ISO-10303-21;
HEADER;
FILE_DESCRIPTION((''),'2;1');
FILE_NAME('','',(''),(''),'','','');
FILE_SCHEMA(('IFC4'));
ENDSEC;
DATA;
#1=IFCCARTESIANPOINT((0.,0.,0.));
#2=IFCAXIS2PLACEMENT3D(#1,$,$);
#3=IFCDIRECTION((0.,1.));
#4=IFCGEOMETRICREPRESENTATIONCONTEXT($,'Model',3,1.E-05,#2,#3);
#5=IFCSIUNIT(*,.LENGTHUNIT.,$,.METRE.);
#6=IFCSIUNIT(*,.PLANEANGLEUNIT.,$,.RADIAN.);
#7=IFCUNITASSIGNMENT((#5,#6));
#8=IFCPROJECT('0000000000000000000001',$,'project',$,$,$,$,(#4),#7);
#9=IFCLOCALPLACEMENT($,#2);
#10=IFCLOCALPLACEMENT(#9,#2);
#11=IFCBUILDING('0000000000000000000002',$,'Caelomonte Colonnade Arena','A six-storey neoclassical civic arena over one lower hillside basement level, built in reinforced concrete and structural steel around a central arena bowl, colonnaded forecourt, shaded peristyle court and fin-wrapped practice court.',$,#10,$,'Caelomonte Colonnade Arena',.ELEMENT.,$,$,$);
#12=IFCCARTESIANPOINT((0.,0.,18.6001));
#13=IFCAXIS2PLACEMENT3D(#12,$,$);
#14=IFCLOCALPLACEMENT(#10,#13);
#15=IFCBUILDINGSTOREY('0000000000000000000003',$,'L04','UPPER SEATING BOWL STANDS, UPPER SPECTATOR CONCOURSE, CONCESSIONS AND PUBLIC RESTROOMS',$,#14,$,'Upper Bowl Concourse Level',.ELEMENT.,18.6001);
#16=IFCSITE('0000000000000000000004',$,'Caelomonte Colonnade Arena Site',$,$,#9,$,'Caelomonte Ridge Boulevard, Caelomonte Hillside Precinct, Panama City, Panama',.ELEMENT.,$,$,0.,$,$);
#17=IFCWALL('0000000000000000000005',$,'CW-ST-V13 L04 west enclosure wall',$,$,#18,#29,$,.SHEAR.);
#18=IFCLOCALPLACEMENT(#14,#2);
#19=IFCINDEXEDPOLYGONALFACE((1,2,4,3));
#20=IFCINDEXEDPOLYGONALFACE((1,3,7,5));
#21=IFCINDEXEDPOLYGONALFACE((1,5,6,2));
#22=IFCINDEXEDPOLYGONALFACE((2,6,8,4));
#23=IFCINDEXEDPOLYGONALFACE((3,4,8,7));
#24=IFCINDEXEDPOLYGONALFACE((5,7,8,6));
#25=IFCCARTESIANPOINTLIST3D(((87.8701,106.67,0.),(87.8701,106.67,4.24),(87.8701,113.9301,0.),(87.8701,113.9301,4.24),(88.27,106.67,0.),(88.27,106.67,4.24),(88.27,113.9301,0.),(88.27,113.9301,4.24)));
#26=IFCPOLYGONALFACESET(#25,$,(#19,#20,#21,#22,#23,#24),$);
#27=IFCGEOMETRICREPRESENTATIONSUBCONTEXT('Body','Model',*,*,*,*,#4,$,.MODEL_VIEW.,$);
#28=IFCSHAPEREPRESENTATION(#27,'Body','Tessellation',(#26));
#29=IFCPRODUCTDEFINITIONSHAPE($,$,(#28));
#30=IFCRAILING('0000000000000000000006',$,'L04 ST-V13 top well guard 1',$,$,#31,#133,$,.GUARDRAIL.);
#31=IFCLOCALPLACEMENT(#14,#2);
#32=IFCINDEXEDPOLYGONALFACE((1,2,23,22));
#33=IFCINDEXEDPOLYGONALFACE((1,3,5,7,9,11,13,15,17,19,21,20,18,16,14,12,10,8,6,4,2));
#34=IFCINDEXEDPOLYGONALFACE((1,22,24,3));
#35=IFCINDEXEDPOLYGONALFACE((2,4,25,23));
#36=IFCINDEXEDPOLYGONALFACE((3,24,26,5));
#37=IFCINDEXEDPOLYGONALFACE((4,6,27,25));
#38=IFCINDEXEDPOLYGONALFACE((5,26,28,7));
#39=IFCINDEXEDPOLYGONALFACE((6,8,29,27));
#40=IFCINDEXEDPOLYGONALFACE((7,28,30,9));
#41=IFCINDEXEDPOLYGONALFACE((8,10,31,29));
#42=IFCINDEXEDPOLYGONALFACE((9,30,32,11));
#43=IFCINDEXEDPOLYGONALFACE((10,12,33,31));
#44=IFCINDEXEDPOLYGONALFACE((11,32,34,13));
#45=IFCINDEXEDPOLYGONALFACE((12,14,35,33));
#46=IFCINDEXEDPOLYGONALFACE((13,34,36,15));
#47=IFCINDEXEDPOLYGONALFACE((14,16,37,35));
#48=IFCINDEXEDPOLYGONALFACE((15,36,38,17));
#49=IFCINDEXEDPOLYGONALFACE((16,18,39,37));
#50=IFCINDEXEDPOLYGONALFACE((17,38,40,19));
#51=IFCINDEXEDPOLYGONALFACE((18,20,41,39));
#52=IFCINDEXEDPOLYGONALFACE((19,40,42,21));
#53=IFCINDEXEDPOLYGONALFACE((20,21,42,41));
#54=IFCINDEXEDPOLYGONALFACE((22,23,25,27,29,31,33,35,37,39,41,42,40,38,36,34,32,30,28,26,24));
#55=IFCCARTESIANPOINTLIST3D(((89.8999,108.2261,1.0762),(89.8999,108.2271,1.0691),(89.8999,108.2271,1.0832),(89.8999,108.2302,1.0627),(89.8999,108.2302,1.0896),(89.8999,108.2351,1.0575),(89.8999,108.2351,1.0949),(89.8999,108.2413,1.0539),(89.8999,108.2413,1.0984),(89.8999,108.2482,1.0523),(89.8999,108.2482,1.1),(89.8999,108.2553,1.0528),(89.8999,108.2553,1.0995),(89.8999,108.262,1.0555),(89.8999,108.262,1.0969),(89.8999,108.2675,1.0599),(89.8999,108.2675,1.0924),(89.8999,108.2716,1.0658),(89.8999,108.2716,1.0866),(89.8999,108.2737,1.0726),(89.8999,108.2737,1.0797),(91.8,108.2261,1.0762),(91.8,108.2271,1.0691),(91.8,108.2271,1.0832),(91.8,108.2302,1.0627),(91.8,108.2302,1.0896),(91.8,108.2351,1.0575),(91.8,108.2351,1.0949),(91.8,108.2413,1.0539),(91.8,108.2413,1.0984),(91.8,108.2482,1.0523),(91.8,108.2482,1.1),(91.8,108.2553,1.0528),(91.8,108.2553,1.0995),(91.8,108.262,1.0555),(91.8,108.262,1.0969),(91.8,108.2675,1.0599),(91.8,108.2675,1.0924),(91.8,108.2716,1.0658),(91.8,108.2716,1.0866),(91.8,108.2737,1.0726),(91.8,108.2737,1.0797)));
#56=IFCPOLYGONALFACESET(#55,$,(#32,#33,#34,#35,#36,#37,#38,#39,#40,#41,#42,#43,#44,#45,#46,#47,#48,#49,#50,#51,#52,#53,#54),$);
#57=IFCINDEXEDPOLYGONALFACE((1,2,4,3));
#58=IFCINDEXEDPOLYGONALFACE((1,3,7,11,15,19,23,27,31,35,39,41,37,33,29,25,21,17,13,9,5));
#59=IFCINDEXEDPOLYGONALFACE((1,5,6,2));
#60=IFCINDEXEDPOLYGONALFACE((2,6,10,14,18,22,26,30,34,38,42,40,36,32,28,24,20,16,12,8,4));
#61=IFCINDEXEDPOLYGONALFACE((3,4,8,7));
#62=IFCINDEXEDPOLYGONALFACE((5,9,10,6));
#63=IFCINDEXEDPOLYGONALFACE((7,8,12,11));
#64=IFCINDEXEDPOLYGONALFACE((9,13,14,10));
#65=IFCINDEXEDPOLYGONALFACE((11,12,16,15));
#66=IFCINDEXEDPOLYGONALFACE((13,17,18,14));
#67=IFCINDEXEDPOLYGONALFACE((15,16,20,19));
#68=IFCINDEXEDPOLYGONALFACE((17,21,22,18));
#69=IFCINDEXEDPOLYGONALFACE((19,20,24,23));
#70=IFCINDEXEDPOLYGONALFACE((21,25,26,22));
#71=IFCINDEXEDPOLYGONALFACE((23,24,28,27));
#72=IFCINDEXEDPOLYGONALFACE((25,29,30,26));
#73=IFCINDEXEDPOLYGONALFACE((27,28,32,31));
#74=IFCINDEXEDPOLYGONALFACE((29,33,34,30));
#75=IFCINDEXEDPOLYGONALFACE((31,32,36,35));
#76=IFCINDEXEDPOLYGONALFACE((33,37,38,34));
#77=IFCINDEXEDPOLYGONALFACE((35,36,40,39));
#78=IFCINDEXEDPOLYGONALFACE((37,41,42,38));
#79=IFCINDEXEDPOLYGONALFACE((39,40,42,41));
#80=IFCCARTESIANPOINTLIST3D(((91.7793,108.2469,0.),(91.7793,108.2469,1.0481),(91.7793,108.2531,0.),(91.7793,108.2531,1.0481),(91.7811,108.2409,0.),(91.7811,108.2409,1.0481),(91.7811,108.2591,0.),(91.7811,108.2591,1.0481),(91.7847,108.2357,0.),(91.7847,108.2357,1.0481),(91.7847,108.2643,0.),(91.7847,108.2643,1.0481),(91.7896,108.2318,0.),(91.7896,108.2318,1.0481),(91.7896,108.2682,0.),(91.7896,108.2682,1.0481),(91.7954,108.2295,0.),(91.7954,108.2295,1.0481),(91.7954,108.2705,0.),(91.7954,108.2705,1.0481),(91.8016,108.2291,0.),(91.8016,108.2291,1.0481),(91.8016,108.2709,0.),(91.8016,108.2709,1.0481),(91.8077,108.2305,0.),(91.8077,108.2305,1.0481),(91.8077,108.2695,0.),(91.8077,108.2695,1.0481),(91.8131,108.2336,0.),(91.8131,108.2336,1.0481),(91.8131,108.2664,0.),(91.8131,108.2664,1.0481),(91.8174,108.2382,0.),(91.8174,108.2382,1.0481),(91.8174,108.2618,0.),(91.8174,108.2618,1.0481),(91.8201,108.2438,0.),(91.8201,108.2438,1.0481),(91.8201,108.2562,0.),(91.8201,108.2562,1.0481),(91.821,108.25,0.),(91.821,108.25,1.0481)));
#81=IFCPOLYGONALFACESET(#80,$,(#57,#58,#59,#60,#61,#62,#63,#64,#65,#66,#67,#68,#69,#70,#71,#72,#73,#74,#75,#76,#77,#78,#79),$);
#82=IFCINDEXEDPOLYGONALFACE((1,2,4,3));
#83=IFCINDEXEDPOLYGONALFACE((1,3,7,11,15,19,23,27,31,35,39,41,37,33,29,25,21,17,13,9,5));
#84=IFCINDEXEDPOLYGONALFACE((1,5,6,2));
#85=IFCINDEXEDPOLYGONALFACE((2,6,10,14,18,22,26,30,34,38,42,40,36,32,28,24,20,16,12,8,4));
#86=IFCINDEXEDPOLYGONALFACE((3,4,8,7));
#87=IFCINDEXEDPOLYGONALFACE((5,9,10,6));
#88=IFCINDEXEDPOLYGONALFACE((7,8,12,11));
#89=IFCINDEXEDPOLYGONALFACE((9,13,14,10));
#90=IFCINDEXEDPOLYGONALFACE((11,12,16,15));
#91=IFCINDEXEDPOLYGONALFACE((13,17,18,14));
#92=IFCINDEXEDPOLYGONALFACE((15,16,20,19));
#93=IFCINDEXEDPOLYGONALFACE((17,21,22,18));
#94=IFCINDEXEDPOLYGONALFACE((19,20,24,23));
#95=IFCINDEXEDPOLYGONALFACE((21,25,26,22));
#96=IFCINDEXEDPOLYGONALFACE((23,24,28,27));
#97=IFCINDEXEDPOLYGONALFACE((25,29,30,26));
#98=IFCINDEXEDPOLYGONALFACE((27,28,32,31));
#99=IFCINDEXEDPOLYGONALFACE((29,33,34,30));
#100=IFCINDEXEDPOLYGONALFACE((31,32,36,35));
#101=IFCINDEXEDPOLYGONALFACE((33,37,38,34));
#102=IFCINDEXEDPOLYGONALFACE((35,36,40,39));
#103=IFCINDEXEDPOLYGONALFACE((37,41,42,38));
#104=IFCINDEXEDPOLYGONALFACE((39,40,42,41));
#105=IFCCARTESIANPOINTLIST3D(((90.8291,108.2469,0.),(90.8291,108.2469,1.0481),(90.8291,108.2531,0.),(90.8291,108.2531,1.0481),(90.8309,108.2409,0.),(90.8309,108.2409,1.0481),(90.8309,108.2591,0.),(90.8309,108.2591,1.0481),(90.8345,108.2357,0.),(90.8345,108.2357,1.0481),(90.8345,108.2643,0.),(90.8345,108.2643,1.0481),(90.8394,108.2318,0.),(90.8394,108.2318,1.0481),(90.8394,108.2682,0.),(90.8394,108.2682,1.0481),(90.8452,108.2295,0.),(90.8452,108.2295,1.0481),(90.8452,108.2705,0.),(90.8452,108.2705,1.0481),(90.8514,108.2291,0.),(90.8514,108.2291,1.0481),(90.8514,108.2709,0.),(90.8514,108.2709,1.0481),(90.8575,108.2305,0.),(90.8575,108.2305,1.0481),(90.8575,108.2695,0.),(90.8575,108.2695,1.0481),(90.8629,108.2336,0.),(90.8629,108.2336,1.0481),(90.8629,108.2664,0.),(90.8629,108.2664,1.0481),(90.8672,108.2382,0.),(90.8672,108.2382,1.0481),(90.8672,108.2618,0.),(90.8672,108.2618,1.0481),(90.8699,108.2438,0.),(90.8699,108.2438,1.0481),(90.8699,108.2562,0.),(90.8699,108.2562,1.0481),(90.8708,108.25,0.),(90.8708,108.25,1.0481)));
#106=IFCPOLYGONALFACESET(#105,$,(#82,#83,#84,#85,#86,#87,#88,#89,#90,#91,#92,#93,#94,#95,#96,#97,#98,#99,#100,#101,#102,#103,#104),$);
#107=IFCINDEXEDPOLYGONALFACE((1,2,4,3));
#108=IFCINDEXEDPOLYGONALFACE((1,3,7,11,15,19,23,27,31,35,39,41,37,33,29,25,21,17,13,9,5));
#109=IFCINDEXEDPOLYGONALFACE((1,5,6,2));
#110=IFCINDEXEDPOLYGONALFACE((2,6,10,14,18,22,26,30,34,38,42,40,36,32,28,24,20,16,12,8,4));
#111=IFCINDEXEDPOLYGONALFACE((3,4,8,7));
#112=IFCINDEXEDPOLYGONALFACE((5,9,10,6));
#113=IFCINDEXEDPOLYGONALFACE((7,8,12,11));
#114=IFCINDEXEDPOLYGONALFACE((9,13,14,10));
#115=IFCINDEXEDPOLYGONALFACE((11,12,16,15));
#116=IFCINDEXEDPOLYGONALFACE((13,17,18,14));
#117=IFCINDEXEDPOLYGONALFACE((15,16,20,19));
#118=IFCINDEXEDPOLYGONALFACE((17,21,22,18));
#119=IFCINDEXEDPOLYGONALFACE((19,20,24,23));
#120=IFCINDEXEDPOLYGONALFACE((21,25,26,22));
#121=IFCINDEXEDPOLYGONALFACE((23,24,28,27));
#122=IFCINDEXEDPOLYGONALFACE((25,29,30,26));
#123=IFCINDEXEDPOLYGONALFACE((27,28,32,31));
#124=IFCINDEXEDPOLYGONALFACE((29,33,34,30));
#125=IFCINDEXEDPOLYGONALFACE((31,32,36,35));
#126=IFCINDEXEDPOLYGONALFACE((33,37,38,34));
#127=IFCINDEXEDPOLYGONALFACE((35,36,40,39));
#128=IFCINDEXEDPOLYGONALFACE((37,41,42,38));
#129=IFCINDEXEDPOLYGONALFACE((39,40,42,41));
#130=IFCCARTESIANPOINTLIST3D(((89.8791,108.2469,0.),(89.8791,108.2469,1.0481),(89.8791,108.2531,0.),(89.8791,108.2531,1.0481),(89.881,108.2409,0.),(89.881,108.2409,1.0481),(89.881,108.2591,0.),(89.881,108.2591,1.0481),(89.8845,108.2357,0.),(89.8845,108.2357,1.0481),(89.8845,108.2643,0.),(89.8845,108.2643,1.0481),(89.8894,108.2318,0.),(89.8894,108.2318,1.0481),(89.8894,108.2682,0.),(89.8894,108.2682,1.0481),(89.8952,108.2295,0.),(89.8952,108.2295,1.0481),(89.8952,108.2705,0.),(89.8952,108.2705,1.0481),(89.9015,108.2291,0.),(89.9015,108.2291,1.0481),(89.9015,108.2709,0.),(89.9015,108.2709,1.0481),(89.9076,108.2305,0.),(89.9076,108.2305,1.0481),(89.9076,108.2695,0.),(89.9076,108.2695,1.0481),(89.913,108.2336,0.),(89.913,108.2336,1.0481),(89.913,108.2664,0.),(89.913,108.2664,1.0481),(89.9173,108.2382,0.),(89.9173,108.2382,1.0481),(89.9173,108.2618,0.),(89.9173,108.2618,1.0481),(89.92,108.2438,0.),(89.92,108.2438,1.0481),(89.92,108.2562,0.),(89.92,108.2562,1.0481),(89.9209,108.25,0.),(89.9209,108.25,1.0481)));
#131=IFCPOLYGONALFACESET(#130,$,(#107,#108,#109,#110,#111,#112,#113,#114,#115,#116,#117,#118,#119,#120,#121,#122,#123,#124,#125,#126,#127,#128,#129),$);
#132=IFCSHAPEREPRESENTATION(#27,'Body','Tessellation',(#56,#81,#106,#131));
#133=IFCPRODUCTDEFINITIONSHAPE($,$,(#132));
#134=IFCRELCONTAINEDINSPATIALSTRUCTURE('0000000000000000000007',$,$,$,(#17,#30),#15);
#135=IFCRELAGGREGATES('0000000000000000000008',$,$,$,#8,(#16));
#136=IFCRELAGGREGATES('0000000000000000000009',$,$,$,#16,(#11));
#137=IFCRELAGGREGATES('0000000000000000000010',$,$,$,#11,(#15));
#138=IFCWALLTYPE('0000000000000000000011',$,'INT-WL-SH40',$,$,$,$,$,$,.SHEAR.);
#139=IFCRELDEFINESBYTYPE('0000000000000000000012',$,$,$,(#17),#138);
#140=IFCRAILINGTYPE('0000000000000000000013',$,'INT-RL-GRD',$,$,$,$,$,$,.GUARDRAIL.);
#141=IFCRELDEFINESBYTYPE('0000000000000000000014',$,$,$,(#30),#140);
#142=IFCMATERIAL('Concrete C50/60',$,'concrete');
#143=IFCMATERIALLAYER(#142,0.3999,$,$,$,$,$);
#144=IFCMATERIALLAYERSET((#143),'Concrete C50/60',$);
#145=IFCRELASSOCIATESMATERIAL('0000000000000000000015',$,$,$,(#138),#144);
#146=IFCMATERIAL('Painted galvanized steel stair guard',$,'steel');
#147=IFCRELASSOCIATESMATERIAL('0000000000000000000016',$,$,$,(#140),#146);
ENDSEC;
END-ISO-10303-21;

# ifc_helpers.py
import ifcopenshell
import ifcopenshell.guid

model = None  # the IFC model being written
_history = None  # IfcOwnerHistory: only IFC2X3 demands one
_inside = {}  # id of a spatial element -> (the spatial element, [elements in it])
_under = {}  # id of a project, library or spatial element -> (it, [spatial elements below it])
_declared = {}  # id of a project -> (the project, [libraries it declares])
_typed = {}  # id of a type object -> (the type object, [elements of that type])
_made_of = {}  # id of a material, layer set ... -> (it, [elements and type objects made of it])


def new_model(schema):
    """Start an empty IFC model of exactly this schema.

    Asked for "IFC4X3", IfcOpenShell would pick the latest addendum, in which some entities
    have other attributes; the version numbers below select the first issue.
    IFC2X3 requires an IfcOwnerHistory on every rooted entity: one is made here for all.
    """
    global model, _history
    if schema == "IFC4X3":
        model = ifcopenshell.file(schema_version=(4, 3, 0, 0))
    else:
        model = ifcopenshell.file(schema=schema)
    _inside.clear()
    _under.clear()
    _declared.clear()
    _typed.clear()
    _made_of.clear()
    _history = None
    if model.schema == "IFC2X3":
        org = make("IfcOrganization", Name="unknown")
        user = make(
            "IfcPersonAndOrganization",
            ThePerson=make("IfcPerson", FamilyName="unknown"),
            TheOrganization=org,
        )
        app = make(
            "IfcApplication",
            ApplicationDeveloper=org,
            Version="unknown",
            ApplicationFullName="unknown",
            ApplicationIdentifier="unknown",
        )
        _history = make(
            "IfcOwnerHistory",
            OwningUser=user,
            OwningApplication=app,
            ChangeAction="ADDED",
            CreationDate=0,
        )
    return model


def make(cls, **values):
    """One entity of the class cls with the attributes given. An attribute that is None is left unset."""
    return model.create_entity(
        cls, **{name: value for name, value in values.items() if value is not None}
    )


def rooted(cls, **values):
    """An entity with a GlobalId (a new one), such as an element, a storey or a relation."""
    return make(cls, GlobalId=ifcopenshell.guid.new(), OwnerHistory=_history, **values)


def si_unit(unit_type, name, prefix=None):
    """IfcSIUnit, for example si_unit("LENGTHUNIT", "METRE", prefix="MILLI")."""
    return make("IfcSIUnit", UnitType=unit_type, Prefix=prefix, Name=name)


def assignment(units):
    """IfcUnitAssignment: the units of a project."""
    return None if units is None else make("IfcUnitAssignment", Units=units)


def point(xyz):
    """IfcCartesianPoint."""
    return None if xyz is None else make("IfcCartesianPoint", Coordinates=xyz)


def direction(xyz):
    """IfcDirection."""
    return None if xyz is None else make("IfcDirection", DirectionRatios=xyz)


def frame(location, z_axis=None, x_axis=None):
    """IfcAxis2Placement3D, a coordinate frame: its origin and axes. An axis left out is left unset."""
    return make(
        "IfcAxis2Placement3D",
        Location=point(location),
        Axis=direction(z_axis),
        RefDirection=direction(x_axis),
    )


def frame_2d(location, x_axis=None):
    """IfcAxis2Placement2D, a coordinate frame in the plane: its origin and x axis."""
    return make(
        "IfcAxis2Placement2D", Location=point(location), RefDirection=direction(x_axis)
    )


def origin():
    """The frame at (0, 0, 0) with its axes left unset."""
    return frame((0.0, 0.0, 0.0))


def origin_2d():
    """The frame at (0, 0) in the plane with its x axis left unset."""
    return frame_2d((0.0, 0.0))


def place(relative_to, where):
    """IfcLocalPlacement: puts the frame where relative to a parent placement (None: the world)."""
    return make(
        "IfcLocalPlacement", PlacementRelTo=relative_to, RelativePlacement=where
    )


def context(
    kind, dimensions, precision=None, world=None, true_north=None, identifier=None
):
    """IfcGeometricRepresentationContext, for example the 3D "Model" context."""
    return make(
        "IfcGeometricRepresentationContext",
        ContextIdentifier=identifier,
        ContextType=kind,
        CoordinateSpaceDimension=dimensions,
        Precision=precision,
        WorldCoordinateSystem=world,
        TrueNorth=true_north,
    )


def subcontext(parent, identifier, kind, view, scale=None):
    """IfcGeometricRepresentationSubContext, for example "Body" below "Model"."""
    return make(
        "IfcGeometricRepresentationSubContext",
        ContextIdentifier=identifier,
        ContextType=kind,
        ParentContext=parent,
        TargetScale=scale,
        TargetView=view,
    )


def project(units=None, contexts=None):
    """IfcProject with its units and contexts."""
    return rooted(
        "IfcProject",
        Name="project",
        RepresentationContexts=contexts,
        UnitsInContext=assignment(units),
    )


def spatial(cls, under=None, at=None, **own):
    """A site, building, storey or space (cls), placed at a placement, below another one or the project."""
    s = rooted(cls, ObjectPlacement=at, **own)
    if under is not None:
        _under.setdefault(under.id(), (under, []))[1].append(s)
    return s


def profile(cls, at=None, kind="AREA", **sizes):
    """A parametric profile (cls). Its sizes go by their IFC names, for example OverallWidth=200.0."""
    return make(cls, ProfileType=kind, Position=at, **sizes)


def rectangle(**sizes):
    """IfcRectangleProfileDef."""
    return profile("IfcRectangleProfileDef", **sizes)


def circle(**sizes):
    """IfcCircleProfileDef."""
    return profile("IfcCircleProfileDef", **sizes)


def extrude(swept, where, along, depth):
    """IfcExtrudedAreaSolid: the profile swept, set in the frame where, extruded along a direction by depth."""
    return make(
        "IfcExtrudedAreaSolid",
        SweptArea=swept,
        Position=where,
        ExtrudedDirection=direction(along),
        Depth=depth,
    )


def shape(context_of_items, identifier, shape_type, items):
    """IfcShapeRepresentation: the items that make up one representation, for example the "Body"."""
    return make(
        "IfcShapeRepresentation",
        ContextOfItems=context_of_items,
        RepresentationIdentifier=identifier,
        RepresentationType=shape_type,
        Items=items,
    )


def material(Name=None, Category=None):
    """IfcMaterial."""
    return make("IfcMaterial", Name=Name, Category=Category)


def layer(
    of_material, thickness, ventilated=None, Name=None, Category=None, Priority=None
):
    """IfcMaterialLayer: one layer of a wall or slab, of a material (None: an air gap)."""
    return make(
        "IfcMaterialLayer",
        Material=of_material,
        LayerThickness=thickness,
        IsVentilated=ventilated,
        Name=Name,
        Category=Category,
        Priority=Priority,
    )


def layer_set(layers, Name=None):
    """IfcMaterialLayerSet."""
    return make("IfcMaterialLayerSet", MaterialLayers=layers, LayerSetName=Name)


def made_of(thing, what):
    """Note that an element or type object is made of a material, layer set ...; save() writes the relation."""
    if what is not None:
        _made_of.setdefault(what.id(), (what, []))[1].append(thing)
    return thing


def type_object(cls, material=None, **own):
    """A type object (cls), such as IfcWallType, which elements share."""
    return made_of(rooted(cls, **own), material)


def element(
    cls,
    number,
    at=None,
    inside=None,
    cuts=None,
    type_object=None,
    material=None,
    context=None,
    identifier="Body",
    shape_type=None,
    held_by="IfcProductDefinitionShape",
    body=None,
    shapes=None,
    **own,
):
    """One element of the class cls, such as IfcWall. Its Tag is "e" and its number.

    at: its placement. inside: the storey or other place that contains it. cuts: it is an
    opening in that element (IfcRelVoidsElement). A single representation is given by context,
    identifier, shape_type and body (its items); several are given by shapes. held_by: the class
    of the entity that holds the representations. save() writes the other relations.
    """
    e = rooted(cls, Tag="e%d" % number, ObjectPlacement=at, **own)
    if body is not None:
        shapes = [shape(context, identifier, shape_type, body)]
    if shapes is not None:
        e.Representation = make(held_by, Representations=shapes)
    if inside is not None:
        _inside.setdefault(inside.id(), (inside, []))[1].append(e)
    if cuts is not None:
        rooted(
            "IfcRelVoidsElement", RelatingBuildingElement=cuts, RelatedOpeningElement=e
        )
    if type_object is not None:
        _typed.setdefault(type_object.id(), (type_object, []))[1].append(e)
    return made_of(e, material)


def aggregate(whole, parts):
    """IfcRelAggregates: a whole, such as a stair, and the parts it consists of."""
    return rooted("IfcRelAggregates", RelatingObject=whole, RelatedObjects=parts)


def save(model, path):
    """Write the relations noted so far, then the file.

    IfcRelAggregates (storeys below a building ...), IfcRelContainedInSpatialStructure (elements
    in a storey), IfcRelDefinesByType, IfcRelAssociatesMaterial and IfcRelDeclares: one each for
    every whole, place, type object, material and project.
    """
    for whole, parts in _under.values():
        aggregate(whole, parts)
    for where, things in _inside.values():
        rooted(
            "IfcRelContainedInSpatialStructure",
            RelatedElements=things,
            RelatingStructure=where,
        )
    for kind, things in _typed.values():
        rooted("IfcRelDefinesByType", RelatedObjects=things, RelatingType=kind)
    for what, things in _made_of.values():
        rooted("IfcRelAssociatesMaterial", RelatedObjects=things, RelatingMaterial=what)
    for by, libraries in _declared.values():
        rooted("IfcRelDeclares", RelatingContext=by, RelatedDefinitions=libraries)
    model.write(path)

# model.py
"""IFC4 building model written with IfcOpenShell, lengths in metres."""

from ifc_helpers import new_model, si_unit, direction, frame, frame_2d, origin, origin_2d, place, context, subcontext, project, spatial, rectangle, circle, extrude, material, layer, layer_set, type_object, element, save


model = new_model("IFC4")

# Units and contexts
model_context = context("Model", 3, precision=1e-05, world=origin(), true_north=direction((0.0, 1.0)))
body_context = subcontext(model_context, "Body", "Model", "MODEL_VIEW")
ifc_project = project(units=[si_unit("LENGTHUNIT", "METRE"), si_unit("PLANEANGLEUNIT", "RADIAN")], contexts=[model_context])

# Site, building, storey
site_placement = place(None, origin())
site = spatial("IfcSite", under=ifc_project, at=site_placement, Name="Caelomonte Colonnade Arena Site", LongName="Caelomonte Ridge Boulevard, Caelomonte Hillside Precinct, Panama City, Panama", CompositionType="ELEMENT", RefElevation=0.0)
building_placement = place(site_placement, origin())
building = spatial("IfcBuilding", under=site, at=building_placement, Name="Caelomonte Colonnade Arena", Description="A six-storey neoclassical civic arena over one lower hillside basement level, built in reinforced concrete and structural steel around a central arena bowl, colonnaded forecourt, shaded peristyle court and fin-wrapped practice court.", LongName="Caelomonte Colonnade Arena", CompositionType="ELEMENT")
storey_placement = place(building_placement, frame((0.0, 0.0, 18.6001)))
storey = spatial("IfcBuildingStorey", under=building, at=storey_placement, Name="L04", Description="UPPER SEATING BOWL STANDS, UPPER SPECTATOR CONCOURSE, CONCESSIONS AND PUBLIC RESTROOMS", LongName="Upper Bowl Concourse Level", CompositionType="ELEMENT", Elevation=18.6001)

# Wall
ifc_material_1 = material(Name="Concrete C50/60", Category="concrete")
ifc_layer_1 = layer(ifc_material_1, 0.3999)
ifc_layer_set_1 = layer_set([ifc_layer_1], Name="Concrete C50/60")
wall_type = type_object("IfcWallType", Name="INT-WL-SH40", PredefinedType="SHEAR", material=ifc_layer_set_1)
wall_1_placement = place(storey_placement, frame((88.0701, 113.9299, 0.0), z_axis=(0.0, 0.0, 1.0), x_axis=(0.0, -1.0, 0.0)))
element("IfcWall", 1, at=wall_1_placement, inside=storey, type_object=wall_type, Name="CW-ST-V13 L04 west enclosure wall", PredefinedType="SHEAR", context=body_context, shape_type="SweptSolid", body=[
    extrude(rectangle(XDim=7.26, YDim=0.3999, at=frame_2d((3.6299, 0.0))), origin(), (0.0, 0.0, 1.0), 4.24),
])

# Railing
ifc_material_2 = material(Name="Painted galvanized steel stair guard", Category="steel")
railing_type_1 = type_object("IfcRailingType", Name="INT-RL-GRD", PredefinedType="GUARDRAIL", material=ifc_material_2)
railing_1_placement = place(storey_placement, frame((91.8, 108.25, 0.0)))
element("IfcRailing", 2, at=railing_1_placement, inside=storey, type_object=railing_type_1, Name="L04 ST-V13 top well guard 1", PredefinedType="GUARDRAIL", context=body_context, shape_type="SweptSolid", body=[
    extrude(circle(Radius=0.0239, at=origin_2d()), frame((0.0, 0.0, 1.0762), z_axis=(-1.0, 0.0, 0.0), x_axis=(0.0, -1.0, 0.0)), (0.0, 0.0, 1.0), 1.9001),
    extrude(circle(Radius=0.021, at=origin_2d()), origin(), (0.0, 0.0, 1.0), 1.0481),
    extrude(circle(Radius=0.021, at=origin_2d()), frame((-0.9502, 0.0, 0.0)), (0.0, 0.0, 1.0), 1.0481),
    extrude(circle(Radius=0.021, at=origin_2d()), frame((-1.9001, 0.0, 0.0)), (0.0, 0.0, 1.0), 1.0481),
])

save(model, "model.ifc")
